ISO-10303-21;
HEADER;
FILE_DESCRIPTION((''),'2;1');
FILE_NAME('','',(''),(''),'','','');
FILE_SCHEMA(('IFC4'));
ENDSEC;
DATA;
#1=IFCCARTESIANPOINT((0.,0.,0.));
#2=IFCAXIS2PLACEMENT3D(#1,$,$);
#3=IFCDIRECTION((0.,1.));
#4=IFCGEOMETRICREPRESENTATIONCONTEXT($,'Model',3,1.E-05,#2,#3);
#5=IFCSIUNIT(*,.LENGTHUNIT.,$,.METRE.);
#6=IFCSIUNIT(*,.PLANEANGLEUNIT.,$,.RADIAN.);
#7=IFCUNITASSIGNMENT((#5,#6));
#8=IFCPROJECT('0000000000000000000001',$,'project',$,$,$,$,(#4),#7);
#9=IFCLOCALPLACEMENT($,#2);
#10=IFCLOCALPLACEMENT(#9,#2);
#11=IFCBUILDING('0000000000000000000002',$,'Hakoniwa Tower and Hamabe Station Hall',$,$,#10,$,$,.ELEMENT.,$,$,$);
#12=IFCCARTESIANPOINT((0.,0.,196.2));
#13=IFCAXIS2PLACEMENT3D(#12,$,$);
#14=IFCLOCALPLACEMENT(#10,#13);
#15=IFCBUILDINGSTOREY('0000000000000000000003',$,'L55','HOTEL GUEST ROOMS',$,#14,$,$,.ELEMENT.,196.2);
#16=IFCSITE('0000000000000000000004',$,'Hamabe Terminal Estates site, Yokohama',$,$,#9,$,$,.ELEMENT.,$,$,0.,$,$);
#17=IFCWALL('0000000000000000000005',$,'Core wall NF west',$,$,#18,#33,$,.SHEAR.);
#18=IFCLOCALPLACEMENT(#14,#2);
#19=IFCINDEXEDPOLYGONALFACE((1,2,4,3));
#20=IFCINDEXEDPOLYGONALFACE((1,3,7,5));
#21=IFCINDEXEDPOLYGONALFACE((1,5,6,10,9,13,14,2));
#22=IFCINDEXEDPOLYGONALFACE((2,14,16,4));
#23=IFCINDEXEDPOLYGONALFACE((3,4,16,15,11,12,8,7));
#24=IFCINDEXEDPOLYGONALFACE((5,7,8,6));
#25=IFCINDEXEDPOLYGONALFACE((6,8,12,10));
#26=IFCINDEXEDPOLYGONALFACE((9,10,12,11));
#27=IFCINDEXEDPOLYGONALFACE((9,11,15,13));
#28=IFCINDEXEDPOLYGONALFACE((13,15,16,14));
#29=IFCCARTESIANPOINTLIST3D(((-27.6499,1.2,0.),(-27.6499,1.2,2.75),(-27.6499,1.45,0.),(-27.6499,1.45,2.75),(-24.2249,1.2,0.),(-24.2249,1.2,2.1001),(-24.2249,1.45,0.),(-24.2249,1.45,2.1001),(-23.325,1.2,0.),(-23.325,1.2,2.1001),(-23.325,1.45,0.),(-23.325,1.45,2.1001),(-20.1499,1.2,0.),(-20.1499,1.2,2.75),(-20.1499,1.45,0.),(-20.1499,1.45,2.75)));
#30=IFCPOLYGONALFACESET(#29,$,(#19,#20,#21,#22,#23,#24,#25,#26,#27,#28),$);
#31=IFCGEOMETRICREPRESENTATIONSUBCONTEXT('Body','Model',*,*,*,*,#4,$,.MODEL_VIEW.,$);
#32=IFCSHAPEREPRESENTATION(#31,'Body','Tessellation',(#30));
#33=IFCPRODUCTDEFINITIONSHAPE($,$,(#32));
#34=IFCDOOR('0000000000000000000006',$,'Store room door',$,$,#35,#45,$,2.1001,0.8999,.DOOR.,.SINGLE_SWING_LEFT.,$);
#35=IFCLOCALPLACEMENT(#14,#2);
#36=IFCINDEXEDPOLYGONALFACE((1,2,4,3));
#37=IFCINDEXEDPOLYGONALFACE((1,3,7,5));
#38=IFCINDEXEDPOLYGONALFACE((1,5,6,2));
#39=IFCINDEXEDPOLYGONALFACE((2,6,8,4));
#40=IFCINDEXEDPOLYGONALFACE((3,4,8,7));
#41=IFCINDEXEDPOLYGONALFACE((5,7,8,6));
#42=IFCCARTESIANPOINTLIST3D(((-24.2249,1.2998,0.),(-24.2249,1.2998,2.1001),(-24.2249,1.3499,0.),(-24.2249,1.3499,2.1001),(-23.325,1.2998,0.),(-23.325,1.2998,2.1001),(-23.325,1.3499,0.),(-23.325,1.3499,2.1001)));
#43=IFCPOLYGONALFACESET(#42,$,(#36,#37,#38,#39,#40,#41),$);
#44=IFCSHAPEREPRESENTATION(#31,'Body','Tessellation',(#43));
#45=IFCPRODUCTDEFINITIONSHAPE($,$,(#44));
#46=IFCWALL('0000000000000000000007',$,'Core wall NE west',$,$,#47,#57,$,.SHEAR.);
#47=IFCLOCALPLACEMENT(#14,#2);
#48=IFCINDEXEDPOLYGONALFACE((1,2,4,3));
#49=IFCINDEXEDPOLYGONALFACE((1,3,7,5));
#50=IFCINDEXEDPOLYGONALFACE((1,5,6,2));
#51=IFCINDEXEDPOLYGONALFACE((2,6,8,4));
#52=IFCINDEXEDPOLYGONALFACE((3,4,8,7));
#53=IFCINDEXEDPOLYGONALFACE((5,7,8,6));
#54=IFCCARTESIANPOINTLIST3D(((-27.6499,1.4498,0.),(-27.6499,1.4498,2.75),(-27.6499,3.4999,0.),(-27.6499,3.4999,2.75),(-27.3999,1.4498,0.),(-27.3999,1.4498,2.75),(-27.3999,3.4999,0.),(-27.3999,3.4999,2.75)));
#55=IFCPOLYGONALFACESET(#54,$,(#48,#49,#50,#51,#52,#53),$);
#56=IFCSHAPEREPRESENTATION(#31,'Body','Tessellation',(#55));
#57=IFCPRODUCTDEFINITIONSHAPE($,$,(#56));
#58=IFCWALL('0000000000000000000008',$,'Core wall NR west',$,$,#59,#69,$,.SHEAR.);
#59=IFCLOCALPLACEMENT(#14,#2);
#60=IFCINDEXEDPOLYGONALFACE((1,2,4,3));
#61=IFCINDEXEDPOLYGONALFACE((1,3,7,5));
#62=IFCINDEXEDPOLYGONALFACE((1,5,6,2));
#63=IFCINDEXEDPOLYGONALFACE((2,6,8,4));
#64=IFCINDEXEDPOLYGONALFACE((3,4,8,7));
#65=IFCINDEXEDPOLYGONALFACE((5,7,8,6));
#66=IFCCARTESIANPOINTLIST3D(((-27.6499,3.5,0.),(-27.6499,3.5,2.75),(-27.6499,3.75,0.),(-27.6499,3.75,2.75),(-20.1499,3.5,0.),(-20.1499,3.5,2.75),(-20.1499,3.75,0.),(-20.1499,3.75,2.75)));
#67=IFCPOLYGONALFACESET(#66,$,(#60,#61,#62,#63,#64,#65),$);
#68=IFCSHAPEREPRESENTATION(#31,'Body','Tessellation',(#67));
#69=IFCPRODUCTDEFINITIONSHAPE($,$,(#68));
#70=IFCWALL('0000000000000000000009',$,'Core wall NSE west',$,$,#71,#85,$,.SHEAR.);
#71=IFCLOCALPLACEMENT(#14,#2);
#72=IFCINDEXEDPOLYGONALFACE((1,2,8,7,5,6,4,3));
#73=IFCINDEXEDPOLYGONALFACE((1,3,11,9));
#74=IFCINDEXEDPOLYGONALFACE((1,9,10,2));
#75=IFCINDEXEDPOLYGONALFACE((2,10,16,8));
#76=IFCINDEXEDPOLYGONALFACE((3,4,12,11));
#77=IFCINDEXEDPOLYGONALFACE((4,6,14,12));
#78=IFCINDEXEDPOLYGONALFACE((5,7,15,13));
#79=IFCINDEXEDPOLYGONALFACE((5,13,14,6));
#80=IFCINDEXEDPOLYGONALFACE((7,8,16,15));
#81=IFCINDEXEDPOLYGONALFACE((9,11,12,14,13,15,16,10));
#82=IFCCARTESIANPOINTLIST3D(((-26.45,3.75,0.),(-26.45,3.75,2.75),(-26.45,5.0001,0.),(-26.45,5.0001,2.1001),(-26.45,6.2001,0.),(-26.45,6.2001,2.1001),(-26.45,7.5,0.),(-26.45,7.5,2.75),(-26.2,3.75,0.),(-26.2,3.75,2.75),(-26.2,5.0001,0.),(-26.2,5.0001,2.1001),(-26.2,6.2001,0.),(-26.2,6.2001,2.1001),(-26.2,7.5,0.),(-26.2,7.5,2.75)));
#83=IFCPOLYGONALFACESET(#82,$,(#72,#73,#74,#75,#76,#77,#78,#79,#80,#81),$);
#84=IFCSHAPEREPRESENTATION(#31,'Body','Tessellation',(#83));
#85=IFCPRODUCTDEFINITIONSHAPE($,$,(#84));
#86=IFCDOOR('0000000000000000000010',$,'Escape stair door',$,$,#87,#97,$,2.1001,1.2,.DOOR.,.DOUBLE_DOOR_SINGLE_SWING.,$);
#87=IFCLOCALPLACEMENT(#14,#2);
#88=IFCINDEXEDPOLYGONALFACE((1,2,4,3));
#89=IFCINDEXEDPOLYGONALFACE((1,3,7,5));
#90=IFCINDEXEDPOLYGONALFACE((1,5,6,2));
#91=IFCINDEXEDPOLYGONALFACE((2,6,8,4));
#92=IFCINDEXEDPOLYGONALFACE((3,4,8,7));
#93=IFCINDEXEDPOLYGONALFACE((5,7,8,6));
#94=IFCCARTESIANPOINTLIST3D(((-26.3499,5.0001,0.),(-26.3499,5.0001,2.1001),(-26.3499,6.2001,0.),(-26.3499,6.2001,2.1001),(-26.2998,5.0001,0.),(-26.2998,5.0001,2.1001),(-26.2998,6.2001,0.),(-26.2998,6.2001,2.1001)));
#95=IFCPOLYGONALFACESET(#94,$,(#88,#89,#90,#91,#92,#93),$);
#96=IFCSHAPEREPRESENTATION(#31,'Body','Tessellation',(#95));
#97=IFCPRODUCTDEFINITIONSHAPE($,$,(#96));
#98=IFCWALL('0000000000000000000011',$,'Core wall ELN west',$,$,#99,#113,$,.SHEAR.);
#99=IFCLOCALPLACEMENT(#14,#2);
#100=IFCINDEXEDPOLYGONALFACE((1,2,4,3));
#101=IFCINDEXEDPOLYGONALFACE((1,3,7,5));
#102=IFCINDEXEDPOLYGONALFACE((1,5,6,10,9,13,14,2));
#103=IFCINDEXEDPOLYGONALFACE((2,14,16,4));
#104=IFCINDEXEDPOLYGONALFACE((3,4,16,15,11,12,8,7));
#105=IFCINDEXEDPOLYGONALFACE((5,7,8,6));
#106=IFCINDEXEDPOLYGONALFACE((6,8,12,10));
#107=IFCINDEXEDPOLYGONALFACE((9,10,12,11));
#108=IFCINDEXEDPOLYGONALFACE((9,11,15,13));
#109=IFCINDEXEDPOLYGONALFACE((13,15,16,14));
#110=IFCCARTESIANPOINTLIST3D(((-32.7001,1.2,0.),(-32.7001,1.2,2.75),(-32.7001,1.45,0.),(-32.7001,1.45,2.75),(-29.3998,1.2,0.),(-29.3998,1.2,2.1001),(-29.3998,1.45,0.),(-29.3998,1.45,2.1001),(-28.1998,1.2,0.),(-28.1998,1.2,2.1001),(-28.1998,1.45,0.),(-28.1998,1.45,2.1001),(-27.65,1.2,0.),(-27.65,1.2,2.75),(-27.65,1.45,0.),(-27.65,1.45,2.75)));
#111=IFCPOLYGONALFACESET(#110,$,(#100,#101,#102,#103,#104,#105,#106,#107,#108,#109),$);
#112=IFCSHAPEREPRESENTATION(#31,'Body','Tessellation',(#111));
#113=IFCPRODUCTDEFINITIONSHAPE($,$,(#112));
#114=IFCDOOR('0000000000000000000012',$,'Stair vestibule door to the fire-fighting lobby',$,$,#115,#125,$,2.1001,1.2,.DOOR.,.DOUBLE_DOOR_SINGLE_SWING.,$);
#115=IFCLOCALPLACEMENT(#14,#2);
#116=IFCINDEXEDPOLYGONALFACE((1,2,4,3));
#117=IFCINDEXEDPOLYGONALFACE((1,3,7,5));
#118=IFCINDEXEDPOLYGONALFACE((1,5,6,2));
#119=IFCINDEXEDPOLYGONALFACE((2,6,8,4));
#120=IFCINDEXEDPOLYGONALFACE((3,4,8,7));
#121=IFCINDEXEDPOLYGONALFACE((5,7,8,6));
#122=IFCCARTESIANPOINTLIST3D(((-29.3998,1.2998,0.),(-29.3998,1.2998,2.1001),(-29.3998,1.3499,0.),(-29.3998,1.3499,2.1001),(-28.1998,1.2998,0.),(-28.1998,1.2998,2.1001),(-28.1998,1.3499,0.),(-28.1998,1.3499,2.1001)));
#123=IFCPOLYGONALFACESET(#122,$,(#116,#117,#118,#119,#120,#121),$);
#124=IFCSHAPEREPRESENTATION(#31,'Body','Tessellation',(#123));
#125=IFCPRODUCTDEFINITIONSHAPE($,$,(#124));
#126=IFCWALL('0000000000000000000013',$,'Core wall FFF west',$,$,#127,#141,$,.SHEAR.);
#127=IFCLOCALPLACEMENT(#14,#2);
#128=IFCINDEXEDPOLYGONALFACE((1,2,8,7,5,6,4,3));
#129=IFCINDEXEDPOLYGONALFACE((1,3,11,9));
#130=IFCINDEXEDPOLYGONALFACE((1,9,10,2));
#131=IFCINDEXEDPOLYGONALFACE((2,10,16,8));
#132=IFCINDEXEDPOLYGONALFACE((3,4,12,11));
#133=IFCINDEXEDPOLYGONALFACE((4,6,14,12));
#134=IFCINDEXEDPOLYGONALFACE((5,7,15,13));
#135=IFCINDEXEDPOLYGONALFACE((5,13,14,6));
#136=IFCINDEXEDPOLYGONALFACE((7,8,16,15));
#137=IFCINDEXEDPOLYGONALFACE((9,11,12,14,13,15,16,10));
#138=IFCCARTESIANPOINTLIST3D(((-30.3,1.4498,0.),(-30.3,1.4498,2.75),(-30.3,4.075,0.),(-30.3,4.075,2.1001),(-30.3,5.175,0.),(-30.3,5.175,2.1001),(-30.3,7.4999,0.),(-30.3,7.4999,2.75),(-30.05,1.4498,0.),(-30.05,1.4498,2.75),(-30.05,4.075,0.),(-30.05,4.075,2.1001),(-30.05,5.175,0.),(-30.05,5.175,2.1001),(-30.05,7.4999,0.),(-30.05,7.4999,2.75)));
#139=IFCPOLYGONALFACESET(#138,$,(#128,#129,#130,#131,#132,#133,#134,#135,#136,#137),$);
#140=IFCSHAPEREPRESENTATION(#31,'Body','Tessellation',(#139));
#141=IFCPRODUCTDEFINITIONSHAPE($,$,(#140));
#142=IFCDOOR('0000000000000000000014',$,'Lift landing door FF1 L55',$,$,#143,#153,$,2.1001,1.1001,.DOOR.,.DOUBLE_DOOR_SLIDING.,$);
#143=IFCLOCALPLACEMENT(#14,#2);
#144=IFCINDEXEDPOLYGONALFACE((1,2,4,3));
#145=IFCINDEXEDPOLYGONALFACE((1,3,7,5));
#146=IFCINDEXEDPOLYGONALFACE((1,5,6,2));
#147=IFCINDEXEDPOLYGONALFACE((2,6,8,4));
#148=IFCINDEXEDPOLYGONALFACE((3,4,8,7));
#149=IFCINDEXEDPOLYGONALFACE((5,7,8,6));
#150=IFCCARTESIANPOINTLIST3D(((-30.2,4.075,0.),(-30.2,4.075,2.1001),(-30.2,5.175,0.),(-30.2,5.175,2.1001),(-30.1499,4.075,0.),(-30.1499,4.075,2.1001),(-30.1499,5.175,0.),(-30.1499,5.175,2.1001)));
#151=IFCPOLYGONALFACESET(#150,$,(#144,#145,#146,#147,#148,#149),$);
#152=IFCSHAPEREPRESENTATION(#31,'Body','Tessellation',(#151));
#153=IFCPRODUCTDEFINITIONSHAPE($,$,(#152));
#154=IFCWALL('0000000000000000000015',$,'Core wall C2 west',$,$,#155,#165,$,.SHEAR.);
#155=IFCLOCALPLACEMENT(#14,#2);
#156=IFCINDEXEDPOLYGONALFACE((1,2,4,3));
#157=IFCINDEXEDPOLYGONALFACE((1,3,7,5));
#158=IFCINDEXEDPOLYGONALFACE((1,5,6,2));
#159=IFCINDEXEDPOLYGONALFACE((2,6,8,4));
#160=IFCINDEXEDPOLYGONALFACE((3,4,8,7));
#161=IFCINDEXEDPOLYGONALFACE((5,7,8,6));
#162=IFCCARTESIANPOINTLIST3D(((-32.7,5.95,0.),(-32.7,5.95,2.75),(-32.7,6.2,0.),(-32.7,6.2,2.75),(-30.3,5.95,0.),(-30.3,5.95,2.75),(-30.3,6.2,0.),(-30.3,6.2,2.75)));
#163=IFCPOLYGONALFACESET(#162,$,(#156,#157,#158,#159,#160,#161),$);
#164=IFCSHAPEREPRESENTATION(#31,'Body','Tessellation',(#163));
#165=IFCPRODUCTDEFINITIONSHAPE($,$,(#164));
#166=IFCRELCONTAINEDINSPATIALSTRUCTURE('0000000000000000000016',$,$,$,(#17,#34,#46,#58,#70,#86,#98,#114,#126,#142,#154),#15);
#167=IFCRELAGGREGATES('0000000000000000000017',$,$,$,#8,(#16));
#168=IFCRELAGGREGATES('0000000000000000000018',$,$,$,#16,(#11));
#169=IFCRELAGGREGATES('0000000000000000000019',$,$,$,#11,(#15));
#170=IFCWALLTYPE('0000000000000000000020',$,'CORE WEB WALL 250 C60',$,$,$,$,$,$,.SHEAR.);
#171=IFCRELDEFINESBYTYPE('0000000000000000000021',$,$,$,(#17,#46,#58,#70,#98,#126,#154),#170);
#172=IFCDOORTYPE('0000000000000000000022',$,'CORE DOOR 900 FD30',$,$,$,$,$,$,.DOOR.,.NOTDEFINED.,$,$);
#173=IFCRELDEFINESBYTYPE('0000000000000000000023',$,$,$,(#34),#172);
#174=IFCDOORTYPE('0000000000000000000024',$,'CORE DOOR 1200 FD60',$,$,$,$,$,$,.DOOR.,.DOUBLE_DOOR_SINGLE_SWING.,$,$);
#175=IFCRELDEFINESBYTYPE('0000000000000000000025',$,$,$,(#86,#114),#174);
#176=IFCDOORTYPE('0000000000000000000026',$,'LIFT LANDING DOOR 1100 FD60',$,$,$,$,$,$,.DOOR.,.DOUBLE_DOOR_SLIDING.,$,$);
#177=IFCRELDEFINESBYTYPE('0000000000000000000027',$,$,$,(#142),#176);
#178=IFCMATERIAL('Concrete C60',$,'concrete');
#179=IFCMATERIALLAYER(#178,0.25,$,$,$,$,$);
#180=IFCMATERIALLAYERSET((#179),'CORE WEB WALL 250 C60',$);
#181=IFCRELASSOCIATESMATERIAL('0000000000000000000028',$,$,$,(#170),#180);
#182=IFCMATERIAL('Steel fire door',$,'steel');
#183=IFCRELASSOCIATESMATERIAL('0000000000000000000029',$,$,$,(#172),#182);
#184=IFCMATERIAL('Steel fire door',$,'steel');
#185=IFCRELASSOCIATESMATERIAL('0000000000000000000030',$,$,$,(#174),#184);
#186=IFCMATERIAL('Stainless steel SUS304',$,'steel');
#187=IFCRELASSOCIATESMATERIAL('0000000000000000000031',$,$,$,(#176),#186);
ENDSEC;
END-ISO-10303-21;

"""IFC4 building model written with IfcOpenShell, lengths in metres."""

from ifc_helpers import new_model, si_unit, direction, frame, frame_2d, origin, place, context, subcontext, project, spatial, rectangle, extrude, material, layer, layer_set, type_object, element, fill, save


model = new_model("IFC4")

# Units and contexts
model_context = context("Model", 3, precision=1e-05, world=origin(), true_north=direction((0.0, 1.0)))
body_context = subcontext(model_context, "Body", "Model", "MODEL_VIEW")
ifc_project = project(units=[si_unit("LENGTHUNIT", "METRE"), si_unit("PLANEANGLEUNIT", "RADIAN")], contexts=[model_context])

# Site, building, storey
site_placement = place(None, origin())
site = spatial("IfcSite", under=ifc_project, at=site_placement, Name="Hamabe Terminal Estates site, Yokohama", CompositionType="ELEMENT", RefElevation=0.0)
building_placement = place(site_placement, origin())
building = spatial("IfcBuilding", under=site, at=building_placement, Name="Hakoniwa Tower and Hamabe Station Hall", CompositionType="ELEMENT")
storey_placement = place(building_placement, frame((0.0, 0.0, 196.2)))
storey = spatial("IfcBuildingStorey", under=building, at=storey_placement, Name="L55", Description="HOTEL GUEST ROOMS", CompositionType="ELEMENT", Elevation=196.2)

# Wall, opening, door
ifc_material_1 = material(Name="Concrete C60", Category="concrete")
ifc_layer_1 = layer(ifc_material_1, 0.25)
ifc_layer_set_1 = layer_set([ifc_layer_1], Name="CORE WEB WALL 250 C60")
wall_type_1 = type_object("IfcWallType", Name="CORE WEB WALL 250 C60", PredefinedType="SHEAR", material=ifc_layer_set_1)
wall_1_placement = place(storey_placement, frame((-27.6499, 1.325, 0.0), z_axis=(0.0, 0.0, 1.0), x_axis=(1.0, 0.0, 0.0)))
wall_1 = element("IfcWall", 1, at=wall_1_placement, inside=storey, type_object=wall_type_1, Name="Core wall NF west", PredefinedType="SHEAR", context=body_context, shape_type="SweptSolid", body=[
    extrude(rectangle(XDim=7.5, YDim=0.25, at=frame_2d((3.75, 0.0))), origin(), (0.0, 0.0, 1.0), 2.75),
])
opening_1_placement = place(wall_1_placement, frame((3.425, 0.0, 0.0)))
opening_1 = element("IfcOpeningElement", 2, at=opening_1_placement, cuts=wall_1, PredefinedType="OPENING", context=body_context, shape_type="SweptSolid", body=[
    extrude(rectangle(XDim=0.8999, YDim=2.1001, at=frame_2d((0.45, 1.05))), frame((0.0, 0.135, 0.0), z_axis=(0.0, -1.0, 0.0), x_axis=(1.0, 0.0, 0.0)), (0.0, 0.0, 1.0), 0.27),
])
ifc_material_2 = material(Name="Steel fire door", Category="steel")
door_type_1 = type_object("IfcDoorType", Name="CORE DOOR 900 FD30", OperationType="NOTDEFINED", PredefinedType="DOOR", material=ifc_material_2)
door_1_placement = place(opening_1_placement, origin())
door_1 = element("IfcDoor", 3, at=door_1_placement, inside=storey, type_object=door_type_1, Name="Store room door", OperationType="SINGLE_SWING_LEFT", OverallHeight=2.1001, OverallWidth=0.8999, PredefinedType="DOOR", context=body_context, shape_type="SweptSolid", body=[
    extrude(rectangle(XDim=0.8999, YDim=2.1001, at=frame_2d((0.45, 1.05))), frame((0.0, 0.0249, 0.0), z_axis=(0.0, -1.0, 0.0), x_axis=(1.0, 0.0, 0.0)), (0.0, 0.0, 1.0), 0.05),
])
fill(opening_1, door_1)

# Walls
wall_2_placement = place(storey_placement, frame((-27.5249, 1.45, 0.0), z_axis=(0.0, 0.0, 1.0), x_axis=(0.0, 1.0, 0.0)))
element("IfcWall", 4, at=wall_2_placement, inside=storey, type_object=wall_type_1, Name="Core wall NE west", PredefinedType="SHEAR", context=body_context, shape_type="SweptSolid", body=[
    extrude(rectangle(XDim=2.05, YDim=0.25, at=frame_2d((1.0249, 0.0))), origin(), (0.0, 0.0, 1.0), 2.75),
])
wall_3_placement = place(storey_placement, frame((-27.6499, 3.625, 0.0), z_axis=(0.0, 0.0, 1.0), x_axis=(1.0, 0.0, 0.0)))
element("IfcWall", 5, at=wall_3_placement, inside=storey, type_object=wall_type_1, Name="Core wall NR west", PredefinedType="SHEAR", context=body_context, shape_type="SweptSolid", body=[
    extrude(rectangle(XDim=7.5, YDim=0.25, at=frame_2d((3.75, 0.0))), origin(), (0.0, 0.0, 1.0), 2.75),
])

# Walls, openings, doors
wall_4_placement = place(storey_placement, frame((-26.325, 3.75, 0.0), z_axis=(0.0, 0.0, 1.0), x_axis=(0.0, 1.0, 0.0)))
wall_4 = element("IfcWall", 6, at=wall_4_placement, inside=storey, type_object=wall_type_1, Name="Core wall NSE west", PredefinedType="SHEAR", context=body_context, shape_type="SweptSolid", body=[
    extrude(rectangle(XDim=3.75, YDim=0.25, at=frame_2d((1.875, 0.0))), origin(), (0.0, 0.0, 1.0), 2.75),
])
opening_2_placement = place(wall_4_placement, frame((1.25, 0.0, 0.0)))
opening_2 = element("IfcOpeningElement", 7, at=opening_2_placement, cuts=wall_4, PredefinedType="OPENING", context=body_context, shape_type="SweptSolid", body=[
    extrude(rectangle(XDim=1.2, YDim=2.1001, at=frame_2d((0.6001, 1.05))), frame((0.0, 0.135, 0.0), z_axis=(0.0, -1.0, 0.0), x_axis=(1.0, 0.0, 0.0)), (0.0, 0.0, 1.0), 0.27),
])
ifc_material_3 = material(Name="Steel fire door", Category="steel")
door_type_2 = type_object("IfcDoorType", Name="CORE DOOR 1200 FD60", OperationType="DOUBLE_DOOR_SINGLE_SWING", PredefinedType="DOOR", material=ifc_material_3)
door_2_placement = place(opening_2_placement, origin())
door_2 = element("IfcDoor", 8, at=door_2_placement, inside=storey, type_object=door_type_2, Name="Escape stair door", OperationType="DOUBLE_DOOR_SINGLE_SWING", OverallHeight=2.1001, OverallWidth=1.2, PredefinedType="DOOR", context=body_context, shape_type="SweptSolid", body=[
    extrude(rectangle(XDim=1.2, YDim=2.1001, at=frame_2d((0.6001, 1.05))), frame((0.0, 0.0249, 0.0), z_axis=(0.0, -1.0, 0.0), x_axis=(1.0, 0.0, 0.0)), (0.0, 0.0, 1.0), 0.05),
])
fill(opening_2, door_2)
wall_5_placement = place(storey_placement, frame((-32.7, 1.325, 0.0), z_axis=(0.0, 0.0, 1.0), x_axis=(1.0, 0.0, 0.0)))
wall_5 = element("IfcWall", 9, at=wall_5_placement, inside=storey, type_object=wall_type_1, Name="Core wall ELN west", PredefinedType="SHEAR", context=body_context, shape_type="SweptSolid", body=[
    extrude(rectangle(XDim=5.05, YDim=0.25, at=frame_2d((2.5249, 0.0))), origin(), (0.0, 0.0, 1.0), 2.75),
])
opening_3_placement = place(wall_5_placement, frame((3.3, 0.0, 0.0)))
opening_3 = element("IfcOpeningElement", 10, at=opening_3_placement, cuts=wall_5, PredefinedType="OPENING", context=body_context, shape_type="SweptSolid", body=[
    extrude(rectangle(XDim=1.2, YDim=2.1001, at=frame_2d((0.6001, 1.05))), frame((0.0, 0.135, 0.0), z_axis=(0.0, -1.0, 0.0), x_axis=(1.0, 0.0, 0.0)), (0.0, 0.0, 1.0), 0.27),
])
door_3_placement = place(opening_3_placement, origin())
door_3 = element("IfcDoor", 11, at=door_3_placement, inside=storey, type_object=door_type_2, Name="Stair vestibule door to the fire-fighting lobby", OperationType="DOUBLE_DOOR_SINGLE_SWING", OverallHeight=2.1001, OverallWidth=1.2, PredefinedType="DOOR", context=body_context, shape_type="SweptSolid", body=[
    extrude(rectangle(XDim=1.2, YDim=2.1001, at=frame_2d((0.6001, 1.05))), frame((0.0, 0.0249, 0.0), z_axis=(0.0, -1.0, 0.0), x_axis=(1.0, 0.0, 0.0)), (0.0, 0.0, 1.0), 0.05),
])
fill(opening_3, door_3)
wall_6_placement = place(storey_placement, frame((-30.175, 1.45, 0.0), z_axis=(0.0, 0.0, 1.0), x_axis=(0.0, 1.0, 0.0)))
wall_6 = element("IfcWall", 12, at=wall_6_placement, inside=storey, type_object=wall_type_1, Name="Core wall FFF west", PredefinedType="SHEAR", context=body_context, shape_type="SweptSolid", body=[
    extrude(rectangle(XDim=6.05, YDim=0.25, at=frame_2d((3.0249, 0.0))), origin(), (0.0, 0.0, 1.0), 2.75),
])
opening_4_placement = place(wall_6_placement, frame((2.625, 0.0, 0.0)))
opening_4 = element("IfcOpeningElement", 13, at=opening_4_placement, cuts=wall_6, PredefinedType="OPENING", context=body_context, shape_type="SweptSolid", body=[
    extrude(rectangle(XDim=1.1001, YDim=2.1001, at=frame_2d((0.55, 1.05))), frame((0.0, 0.135, 0.0), z_axis=(0.0, -1.0, 0.0), x_axis=(1.0, 0.0, 0.0)), (0.0, 0.0, 1.0), 0.27),
])
ifc_material_4 = material(Name="Stainless steel SUS304", Category="steel")
door_type_3 = type_object("IfcDoorType", Name="LIFT LANDING DOOR 1100 FD60", OperationType="DOUBLE_DOOR_SLIDING", PredefinedType="DOOR", material=ifc_material_4)
door_4_placement = place(opening_4_placement, origin())
door_4 = element("IfcDoor", 14, at=door_4_placement, inside=storey, type_object=door_type_3, Name="Lift landing door FF1 L55", OperationType="DOUBLE_DOOR_SLIDING", OverallHeight=2.1001, OverallWidth=1.1001, PredefinedType="DOOR", context=body_context, shape_type="SweptSolid", body=[
    extrude(rectangle(XDim=1.1001, YDim=2.1001, at=frame_2d((0.55, 1.05))), frame((0.0, 0.0249, 0.0), z_axis=(0.0, -1.0, 0.0), x_axis=(1.0, 0.0, 0.0)), (0.0, 0.0, 1.0), 0.05),
])
fill(opening_4, door_4)

# Wall
wall_7_placement = place(storey_placement, frame((-32.7, 6.075, 0.0), z_axis=(0.0, 0.0, 1.0), x_axis=(1.0, 0.0, 0.0)))
element("IfcWall", 15, at=wall_7_placement, inside=storey, type_object=wall_type_1, Name="Core wall C2 west", PredefinedType="SHEAR", context=body_context, shape_type="SweptSolid", body=[
    extrude(rectangle(XDim=2.3999, YDim=0.25, at=frame_2d((1.2, 0.0))), origin(), (0.0, 0.0, 1.0), 2.75),
])

save(model, "model.ifc")
